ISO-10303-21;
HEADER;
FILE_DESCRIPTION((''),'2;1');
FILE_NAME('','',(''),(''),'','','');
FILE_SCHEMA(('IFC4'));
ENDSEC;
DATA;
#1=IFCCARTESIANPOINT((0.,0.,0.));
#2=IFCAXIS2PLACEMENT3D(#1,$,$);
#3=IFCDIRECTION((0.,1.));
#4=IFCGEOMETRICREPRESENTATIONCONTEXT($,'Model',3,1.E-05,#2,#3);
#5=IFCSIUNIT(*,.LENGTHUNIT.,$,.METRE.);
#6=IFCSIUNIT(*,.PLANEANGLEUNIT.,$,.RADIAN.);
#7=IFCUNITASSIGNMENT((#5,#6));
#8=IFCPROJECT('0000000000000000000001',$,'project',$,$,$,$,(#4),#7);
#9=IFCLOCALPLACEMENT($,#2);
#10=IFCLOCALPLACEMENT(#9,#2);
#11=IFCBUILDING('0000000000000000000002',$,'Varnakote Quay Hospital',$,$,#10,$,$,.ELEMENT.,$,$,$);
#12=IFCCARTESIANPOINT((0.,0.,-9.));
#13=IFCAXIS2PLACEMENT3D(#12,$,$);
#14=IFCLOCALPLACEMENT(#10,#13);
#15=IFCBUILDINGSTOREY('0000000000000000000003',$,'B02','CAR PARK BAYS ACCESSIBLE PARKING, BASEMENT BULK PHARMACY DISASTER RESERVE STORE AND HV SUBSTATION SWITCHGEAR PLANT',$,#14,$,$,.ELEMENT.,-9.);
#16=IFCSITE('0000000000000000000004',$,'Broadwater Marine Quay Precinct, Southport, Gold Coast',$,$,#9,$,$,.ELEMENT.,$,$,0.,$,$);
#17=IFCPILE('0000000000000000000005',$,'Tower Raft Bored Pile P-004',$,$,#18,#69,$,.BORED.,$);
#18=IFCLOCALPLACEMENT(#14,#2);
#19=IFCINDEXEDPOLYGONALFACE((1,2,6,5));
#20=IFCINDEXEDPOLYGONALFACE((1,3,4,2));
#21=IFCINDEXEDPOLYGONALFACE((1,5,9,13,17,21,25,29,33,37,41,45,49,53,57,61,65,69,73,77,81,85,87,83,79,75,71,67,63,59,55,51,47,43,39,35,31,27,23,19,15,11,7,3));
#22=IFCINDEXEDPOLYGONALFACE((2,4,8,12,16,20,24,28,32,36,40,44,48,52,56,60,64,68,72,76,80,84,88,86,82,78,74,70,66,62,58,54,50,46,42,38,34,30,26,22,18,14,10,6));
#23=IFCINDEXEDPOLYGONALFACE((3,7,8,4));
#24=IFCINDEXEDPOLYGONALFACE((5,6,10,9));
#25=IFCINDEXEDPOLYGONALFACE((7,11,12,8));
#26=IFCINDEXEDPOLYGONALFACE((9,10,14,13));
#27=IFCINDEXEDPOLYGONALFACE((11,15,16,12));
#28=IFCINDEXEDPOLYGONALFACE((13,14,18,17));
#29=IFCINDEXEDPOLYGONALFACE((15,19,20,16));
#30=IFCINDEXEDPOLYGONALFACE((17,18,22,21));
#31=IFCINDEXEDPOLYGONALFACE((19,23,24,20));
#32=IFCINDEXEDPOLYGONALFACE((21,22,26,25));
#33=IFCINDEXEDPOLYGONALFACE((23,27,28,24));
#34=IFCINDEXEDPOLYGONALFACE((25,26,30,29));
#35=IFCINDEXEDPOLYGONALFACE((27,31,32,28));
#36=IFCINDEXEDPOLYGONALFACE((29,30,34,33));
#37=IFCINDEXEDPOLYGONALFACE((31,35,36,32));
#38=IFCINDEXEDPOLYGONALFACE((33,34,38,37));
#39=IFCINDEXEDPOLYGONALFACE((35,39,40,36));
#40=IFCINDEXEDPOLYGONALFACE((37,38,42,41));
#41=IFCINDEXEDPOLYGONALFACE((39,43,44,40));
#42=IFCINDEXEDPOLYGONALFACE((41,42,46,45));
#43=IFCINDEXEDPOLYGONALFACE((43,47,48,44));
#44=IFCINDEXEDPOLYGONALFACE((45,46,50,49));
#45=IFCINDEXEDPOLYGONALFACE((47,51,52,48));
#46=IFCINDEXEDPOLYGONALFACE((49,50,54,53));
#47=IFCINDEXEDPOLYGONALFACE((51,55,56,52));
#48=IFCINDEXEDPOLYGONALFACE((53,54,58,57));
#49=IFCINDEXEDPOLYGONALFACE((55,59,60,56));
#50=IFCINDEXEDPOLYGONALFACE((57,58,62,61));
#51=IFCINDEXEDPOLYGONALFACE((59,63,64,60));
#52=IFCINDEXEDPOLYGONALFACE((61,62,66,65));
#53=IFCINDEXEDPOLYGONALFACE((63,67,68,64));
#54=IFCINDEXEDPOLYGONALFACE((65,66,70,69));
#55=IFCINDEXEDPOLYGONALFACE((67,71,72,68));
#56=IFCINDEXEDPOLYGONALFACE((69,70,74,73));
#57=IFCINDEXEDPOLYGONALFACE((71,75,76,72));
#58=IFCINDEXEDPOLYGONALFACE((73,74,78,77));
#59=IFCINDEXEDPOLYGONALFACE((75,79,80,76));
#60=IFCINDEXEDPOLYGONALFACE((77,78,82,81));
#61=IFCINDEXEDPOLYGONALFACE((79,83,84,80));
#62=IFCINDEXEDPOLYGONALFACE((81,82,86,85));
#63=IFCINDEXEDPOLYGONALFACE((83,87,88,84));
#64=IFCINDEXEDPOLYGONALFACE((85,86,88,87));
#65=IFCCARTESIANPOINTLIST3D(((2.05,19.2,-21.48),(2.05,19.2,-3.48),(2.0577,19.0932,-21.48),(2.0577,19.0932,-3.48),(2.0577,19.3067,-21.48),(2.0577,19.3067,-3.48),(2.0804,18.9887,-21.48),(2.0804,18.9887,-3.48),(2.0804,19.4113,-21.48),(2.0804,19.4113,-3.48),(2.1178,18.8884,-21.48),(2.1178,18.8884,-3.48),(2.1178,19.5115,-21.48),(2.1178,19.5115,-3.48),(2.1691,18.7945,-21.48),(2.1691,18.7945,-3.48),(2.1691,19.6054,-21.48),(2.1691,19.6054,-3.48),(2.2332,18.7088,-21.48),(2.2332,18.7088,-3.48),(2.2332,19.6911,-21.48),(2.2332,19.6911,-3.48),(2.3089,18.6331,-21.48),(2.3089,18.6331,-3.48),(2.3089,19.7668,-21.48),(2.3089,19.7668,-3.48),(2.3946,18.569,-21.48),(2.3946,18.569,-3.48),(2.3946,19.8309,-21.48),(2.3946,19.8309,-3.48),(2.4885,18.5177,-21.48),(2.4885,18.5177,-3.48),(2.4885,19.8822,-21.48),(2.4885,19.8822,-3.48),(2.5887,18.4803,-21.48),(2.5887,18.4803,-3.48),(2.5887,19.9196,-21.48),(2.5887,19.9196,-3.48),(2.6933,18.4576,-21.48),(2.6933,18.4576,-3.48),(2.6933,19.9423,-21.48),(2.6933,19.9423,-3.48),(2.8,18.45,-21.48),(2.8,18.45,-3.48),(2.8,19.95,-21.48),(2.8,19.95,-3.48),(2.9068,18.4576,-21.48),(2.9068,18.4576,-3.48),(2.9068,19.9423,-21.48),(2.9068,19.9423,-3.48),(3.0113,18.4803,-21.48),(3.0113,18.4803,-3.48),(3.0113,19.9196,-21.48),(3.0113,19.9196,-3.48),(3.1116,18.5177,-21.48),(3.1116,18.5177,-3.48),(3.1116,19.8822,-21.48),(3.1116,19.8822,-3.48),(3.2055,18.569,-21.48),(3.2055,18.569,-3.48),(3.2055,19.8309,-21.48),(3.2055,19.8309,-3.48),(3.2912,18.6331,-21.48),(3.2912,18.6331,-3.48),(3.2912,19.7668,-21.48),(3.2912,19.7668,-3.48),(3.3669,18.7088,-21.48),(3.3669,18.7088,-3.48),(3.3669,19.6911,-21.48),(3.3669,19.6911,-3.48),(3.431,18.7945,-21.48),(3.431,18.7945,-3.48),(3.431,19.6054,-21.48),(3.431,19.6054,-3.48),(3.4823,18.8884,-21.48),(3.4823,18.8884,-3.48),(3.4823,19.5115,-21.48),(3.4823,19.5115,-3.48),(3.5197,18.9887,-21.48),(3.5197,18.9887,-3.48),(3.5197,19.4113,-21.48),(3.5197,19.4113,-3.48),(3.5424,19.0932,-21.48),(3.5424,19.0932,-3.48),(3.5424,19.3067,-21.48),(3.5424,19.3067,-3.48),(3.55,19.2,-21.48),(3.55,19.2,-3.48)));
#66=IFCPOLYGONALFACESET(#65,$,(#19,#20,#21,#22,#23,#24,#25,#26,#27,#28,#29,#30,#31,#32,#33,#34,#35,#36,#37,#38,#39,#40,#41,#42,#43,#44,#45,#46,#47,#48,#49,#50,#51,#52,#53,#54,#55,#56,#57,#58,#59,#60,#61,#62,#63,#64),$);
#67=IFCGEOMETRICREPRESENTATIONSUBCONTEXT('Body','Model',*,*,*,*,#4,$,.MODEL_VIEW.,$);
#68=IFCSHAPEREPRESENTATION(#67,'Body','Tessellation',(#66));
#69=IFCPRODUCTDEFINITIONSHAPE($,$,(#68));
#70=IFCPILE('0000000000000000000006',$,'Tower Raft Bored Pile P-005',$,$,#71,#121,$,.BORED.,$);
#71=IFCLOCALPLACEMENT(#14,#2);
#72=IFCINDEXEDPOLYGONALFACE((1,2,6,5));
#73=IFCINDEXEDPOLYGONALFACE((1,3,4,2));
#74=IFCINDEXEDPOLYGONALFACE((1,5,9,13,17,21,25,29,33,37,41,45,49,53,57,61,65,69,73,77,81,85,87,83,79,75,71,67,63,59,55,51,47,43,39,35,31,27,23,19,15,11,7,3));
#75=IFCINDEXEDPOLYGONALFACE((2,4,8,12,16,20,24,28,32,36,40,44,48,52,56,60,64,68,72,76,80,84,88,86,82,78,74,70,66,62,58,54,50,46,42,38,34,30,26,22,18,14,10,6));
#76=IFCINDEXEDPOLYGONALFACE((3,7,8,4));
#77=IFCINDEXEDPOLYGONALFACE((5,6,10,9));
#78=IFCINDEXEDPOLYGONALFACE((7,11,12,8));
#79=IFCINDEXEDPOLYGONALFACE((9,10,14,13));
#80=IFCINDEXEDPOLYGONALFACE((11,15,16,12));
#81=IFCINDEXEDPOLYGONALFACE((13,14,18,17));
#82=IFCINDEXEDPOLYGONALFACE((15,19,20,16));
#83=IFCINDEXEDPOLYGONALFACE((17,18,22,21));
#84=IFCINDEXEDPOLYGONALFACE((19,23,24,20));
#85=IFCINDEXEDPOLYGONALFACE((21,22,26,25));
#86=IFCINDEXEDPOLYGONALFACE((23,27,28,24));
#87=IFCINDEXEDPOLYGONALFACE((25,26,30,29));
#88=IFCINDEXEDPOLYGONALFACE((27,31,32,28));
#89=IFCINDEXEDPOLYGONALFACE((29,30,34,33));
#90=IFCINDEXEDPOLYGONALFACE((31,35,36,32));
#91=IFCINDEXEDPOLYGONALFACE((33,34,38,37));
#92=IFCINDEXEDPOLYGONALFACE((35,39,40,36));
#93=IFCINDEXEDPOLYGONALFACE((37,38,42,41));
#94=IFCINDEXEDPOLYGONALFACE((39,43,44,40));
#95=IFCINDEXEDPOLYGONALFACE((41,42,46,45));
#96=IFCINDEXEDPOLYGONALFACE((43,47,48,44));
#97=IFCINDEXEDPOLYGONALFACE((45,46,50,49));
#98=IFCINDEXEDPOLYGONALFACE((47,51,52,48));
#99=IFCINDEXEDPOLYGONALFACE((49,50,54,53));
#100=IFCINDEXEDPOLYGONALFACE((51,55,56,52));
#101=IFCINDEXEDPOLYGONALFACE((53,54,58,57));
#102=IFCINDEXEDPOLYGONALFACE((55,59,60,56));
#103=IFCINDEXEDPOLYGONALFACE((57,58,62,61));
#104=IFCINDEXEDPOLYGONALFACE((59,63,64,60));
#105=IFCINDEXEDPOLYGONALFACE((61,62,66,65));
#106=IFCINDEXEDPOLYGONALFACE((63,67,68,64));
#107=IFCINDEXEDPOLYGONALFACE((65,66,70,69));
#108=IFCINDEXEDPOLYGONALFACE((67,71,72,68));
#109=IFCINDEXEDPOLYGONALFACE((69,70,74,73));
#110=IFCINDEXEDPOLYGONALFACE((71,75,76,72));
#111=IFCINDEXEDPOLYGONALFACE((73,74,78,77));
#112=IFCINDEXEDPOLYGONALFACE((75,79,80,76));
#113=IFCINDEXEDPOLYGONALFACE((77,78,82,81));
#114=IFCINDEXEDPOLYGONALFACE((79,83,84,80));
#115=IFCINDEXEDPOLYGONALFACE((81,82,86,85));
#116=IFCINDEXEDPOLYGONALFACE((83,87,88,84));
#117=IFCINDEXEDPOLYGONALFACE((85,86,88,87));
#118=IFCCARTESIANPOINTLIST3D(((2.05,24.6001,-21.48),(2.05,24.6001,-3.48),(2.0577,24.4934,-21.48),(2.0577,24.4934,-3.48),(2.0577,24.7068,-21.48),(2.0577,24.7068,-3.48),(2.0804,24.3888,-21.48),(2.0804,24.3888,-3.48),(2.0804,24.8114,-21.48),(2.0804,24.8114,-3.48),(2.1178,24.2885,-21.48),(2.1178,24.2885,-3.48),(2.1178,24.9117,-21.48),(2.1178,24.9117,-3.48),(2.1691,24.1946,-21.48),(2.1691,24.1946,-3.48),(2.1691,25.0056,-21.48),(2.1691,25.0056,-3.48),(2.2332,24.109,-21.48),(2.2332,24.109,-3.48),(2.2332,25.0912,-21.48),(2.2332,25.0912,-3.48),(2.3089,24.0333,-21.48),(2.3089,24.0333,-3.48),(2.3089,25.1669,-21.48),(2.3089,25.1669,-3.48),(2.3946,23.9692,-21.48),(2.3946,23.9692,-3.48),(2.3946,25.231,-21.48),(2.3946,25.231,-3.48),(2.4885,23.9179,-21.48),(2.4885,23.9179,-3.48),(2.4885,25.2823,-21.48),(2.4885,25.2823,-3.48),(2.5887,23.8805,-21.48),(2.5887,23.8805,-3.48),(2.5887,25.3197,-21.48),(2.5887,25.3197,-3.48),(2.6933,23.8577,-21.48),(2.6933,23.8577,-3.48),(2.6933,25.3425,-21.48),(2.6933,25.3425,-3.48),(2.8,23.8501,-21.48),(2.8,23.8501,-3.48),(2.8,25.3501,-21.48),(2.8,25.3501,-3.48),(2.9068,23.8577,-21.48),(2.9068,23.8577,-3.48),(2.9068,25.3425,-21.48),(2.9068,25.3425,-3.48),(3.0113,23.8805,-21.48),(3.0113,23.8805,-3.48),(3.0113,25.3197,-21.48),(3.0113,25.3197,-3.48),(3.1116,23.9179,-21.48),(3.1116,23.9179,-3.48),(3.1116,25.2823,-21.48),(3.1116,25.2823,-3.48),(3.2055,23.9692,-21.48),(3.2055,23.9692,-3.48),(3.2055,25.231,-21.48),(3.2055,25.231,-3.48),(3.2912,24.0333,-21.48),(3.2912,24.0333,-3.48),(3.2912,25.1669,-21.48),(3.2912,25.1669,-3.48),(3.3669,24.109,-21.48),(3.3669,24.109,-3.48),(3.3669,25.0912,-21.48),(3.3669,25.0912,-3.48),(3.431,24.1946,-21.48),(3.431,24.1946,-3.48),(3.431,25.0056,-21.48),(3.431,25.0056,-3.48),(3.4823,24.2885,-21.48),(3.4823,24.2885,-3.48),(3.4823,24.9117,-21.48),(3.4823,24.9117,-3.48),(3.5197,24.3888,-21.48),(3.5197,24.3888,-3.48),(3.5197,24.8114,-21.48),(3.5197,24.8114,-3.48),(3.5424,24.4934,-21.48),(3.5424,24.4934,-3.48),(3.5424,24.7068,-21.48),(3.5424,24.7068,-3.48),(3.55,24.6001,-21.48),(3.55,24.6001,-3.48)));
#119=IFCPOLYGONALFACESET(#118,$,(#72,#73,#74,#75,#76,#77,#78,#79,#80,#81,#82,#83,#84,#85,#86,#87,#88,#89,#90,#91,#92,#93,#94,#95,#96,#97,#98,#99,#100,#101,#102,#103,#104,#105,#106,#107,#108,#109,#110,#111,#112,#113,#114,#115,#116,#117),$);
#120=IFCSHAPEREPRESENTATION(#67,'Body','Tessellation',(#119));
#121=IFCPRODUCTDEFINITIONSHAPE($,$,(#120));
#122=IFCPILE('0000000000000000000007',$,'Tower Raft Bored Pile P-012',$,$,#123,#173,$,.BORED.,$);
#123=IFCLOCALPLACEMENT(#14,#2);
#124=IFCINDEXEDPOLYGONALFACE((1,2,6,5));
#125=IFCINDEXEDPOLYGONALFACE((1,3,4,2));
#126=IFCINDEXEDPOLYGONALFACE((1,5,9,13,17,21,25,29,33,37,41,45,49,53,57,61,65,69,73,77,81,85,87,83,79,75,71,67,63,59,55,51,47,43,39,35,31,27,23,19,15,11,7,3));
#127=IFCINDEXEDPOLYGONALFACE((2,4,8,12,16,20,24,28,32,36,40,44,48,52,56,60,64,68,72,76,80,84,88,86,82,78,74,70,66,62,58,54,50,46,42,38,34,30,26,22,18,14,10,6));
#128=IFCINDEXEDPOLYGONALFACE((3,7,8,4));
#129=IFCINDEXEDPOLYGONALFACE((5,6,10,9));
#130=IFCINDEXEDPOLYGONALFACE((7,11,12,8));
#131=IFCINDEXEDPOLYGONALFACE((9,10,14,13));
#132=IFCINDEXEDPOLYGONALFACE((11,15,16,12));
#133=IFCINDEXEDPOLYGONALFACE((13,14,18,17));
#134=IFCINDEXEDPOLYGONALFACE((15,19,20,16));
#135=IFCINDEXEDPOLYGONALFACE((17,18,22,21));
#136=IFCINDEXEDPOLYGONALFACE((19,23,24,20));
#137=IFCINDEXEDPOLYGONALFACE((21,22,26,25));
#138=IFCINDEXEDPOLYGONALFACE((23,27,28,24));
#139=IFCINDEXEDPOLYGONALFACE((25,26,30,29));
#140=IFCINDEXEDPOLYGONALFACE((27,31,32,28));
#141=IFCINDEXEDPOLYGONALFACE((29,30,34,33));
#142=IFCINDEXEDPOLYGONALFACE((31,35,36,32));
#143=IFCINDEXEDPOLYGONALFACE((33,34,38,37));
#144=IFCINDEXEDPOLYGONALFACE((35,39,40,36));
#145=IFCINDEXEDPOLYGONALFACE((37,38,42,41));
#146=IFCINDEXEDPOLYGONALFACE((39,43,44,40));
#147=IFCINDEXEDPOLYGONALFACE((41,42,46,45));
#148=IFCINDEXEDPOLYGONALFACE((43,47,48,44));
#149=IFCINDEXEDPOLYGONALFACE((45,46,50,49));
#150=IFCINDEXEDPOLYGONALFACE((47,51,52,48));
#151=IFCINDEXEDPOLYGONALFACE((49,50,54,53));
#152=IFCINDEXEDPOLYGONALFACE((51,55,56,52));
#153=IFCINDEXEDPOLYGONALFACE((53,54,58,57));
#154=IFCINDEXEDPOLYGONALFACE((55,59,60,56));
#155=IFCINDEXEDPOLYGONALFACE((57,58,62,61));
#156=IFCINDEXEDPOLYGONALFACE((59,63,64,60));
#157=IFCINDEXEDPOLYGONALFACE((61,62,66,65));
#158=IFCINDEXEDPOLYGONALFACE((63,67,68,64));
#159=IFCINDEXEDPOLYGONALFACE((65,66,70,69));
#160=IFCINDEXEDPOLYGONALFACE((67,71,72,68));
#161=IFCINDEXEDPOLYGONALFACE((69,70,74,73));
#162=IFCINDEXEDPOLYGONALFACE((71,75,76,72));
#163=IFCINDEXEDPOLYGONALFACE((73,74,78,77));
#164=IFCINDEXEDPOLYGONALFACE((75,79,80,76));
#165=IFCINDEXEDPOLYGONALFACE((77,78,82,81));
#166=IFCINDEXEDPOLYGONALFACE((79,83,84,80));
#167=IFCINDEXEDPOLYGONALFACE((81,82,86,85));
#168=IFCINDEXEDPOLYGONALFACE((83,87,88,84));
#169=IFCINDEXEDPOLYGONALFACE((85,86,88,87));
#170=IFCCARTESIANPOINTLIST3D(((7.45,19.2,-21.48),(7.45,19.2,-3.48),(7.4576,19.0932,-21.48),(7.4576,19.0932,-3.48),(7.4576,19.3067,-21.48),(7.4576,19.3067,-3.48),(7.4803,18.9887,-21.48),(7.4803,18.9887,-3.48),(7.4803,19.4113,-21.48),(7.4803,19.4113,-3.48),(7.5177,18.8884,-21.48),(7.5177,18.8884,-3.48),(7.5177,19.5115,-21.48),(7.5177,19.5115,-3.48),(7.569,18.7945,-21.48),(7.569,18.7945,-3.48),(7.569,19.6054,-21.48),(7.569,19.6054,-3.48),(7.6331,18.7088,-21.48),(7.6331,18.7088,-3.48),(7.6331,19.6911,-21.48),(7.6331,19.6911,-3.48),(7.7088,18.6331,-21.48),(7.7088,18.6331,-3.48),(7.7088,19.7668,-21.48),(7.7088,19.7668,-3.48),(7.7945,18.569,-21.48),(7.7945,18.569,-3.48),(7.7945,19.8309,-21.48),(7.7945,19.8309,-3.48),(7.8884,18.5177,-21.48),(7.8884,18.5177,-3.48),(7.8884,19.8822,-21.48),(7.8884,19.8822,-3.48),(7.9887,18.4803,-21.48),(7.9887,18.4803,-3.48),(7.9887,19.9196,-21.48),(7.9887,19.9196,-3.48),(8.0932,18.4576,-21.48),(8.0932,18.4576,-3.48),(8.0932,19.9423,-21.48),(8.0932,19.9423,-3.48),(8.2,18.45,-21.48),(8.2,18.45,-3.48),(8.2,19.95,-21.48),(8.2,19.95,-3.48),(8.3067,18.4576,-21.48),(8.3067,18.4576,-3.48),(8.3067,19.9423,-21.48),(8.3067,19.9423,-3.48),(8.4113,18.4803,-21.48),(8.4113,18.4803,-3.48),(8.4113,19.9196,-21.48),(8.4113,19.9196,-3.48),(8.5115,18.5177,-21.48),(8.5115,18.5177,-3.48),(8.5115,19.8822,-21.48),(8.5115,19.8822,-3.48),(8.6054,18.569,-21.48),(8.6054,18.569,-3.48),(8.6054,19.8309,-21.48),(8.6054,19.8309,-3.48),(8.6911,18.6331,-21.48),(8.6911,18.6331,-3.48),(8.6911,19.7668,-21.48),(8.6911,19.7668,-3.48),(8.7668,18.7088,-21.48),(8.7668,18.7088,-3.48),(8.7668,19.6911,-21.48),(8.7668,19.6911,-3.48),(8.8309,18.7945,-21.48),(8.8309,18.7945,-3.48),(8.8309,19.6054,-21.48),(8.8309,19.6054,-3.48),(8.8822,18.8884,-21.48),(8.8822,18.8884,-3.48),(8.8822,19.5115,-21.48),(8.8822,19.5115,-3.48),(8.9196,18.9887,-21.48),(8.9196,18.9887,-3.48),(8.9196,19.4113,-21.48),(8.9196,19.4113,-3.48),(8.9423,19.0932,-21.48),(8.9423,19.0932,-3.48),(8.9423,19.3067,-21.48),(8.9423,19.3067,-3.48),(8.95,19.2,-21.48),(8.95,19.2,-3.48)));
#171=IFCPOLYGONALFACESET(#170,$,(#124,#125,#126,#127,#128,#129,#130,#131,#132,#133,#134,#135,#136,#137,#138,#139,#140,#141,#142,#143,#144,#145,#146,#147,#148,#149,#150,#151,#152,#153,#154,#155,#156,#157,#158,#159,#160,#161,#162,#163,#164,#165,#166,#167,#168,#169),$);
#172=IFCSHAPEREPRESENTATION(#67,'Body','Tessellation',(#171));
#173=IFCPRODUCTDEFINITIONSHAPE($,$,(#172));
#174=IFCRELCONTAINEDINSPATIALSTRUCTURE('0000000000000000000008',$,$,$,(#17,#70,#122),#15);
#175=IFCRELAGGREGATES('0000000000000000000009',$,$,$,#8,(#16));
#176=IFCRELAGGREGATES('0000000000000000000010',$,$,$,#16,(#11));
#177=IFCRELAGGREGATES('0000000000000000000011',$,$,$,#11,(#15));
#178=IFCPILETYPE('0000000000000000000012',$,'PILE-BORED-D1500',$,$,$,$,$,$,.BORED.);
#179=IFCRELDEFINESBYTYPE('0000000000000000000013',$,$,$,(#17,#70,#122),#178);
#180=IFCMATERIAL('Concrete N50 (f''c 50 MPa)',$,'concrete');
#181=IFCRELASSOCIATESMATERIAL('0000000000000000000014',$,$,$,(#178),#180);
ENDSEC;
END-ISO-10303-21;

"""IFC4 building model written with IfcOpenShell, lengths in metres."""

from ifc_helpers import new_model, si_unit, direction, frame, origin, origin_2d, place, context, subcontext, project, spatial, circle, extrude, material, material_profile, profile_set, type_object, element, save


model = new_model("IFC4")

# Units and contexts
model_context = context("Model", 3, precision=1e-05, world=origin(), true_north=direction((0.0, 1.0)))
body_context = subcontext(model_context, "Body", "Model", "MODEL_VIEW")
ifc_project = project(units=[si_unit("LENGTHUNIT", "METRE"), si_unit("PLANEANGLEUNIT", "RADIAN")], contexts=[model_context])

# Site, building, storey
site_placement = place(None, origin())
site = spatial("IfcSite", under=ifc_project, at=site_placement, Name="Broadwater Marine Quay Precinct, Southport, Gold Coast", CompositionType="ELEMENT", RefElevation=0.0)
building_placement = place(site_placement, origin())
building = spatial("IfcBuilding", under=site, at=building_placement, Name="Varnakote Quay Hospital", CompositionType="ELEMENT")
storey_placement = place(building_placement, frame((0.0, 0.0, -9.0)))
storey = spatial("IfcBuildingStorey", under=building, at=storey_placement, Name="B02", Description="CAR PARK BAYS ACCESSIBLE PARKING, BASEMENT BULK PHARMACY DISASTER RESERVE STORE AND HV SUBSTATION SWITCHGEAR PLANT", CompositionType="ELEMENT", Elevation=-9.0)

# Piles
ifc_material_1 = material(Name="Concrete N50 (f'c 50 MPa)", Category="concrete")
ifc_material_profile_1 = material_profile(ifc_material_1, circle(Radius=0.75, at=origin_2d()), Name="PILE-D1500")
ifc_profile_set_1 = profile_set([ifc_material_profile_1], Name="Concrete N50 (f'c 50 MPa)")
pile_type_1 = type_object("IfcPileType", Name="PILE-BORED-D1500", PredefinedType="BORED", material=ifc_profile_set_1)
for number, where, z_axis, x_axis, name in (
    (1, (2.8, 19.2, -3.48), (0.0, 0.0, -1.0), (1.0, 0.0, 0.0), "Tower Raft Bored Pile P-004"),
    (2, (2.8, 24.6001, -3.48), (0.0, 0.0, -1.0), (1.0, 0.0, 0.0), "Tower Raft Bored Pile P-005"),
    (3, (8.2, 19.2, -3.48), (0.0, 0.0, -1.0), (1.0, 0.0, 0.0), "Tower Raft Bored Pile P-012"),
):
    element("IfcPile", number, at=place(storey_placement, frame(where, z_axis=z_axis, x_axis=x_axis)), inside=storey, type_object=pile_type_1, Name=name, PredefinedType="BORED", context=body_context, shape_type="SweptSolid", body=[
        extrude(circle(Radius=0.75, at=origin_2d()), origin(), (0.0, 0.0, 1.0), 18.0),
    ])

save(model, "model.ifc")
